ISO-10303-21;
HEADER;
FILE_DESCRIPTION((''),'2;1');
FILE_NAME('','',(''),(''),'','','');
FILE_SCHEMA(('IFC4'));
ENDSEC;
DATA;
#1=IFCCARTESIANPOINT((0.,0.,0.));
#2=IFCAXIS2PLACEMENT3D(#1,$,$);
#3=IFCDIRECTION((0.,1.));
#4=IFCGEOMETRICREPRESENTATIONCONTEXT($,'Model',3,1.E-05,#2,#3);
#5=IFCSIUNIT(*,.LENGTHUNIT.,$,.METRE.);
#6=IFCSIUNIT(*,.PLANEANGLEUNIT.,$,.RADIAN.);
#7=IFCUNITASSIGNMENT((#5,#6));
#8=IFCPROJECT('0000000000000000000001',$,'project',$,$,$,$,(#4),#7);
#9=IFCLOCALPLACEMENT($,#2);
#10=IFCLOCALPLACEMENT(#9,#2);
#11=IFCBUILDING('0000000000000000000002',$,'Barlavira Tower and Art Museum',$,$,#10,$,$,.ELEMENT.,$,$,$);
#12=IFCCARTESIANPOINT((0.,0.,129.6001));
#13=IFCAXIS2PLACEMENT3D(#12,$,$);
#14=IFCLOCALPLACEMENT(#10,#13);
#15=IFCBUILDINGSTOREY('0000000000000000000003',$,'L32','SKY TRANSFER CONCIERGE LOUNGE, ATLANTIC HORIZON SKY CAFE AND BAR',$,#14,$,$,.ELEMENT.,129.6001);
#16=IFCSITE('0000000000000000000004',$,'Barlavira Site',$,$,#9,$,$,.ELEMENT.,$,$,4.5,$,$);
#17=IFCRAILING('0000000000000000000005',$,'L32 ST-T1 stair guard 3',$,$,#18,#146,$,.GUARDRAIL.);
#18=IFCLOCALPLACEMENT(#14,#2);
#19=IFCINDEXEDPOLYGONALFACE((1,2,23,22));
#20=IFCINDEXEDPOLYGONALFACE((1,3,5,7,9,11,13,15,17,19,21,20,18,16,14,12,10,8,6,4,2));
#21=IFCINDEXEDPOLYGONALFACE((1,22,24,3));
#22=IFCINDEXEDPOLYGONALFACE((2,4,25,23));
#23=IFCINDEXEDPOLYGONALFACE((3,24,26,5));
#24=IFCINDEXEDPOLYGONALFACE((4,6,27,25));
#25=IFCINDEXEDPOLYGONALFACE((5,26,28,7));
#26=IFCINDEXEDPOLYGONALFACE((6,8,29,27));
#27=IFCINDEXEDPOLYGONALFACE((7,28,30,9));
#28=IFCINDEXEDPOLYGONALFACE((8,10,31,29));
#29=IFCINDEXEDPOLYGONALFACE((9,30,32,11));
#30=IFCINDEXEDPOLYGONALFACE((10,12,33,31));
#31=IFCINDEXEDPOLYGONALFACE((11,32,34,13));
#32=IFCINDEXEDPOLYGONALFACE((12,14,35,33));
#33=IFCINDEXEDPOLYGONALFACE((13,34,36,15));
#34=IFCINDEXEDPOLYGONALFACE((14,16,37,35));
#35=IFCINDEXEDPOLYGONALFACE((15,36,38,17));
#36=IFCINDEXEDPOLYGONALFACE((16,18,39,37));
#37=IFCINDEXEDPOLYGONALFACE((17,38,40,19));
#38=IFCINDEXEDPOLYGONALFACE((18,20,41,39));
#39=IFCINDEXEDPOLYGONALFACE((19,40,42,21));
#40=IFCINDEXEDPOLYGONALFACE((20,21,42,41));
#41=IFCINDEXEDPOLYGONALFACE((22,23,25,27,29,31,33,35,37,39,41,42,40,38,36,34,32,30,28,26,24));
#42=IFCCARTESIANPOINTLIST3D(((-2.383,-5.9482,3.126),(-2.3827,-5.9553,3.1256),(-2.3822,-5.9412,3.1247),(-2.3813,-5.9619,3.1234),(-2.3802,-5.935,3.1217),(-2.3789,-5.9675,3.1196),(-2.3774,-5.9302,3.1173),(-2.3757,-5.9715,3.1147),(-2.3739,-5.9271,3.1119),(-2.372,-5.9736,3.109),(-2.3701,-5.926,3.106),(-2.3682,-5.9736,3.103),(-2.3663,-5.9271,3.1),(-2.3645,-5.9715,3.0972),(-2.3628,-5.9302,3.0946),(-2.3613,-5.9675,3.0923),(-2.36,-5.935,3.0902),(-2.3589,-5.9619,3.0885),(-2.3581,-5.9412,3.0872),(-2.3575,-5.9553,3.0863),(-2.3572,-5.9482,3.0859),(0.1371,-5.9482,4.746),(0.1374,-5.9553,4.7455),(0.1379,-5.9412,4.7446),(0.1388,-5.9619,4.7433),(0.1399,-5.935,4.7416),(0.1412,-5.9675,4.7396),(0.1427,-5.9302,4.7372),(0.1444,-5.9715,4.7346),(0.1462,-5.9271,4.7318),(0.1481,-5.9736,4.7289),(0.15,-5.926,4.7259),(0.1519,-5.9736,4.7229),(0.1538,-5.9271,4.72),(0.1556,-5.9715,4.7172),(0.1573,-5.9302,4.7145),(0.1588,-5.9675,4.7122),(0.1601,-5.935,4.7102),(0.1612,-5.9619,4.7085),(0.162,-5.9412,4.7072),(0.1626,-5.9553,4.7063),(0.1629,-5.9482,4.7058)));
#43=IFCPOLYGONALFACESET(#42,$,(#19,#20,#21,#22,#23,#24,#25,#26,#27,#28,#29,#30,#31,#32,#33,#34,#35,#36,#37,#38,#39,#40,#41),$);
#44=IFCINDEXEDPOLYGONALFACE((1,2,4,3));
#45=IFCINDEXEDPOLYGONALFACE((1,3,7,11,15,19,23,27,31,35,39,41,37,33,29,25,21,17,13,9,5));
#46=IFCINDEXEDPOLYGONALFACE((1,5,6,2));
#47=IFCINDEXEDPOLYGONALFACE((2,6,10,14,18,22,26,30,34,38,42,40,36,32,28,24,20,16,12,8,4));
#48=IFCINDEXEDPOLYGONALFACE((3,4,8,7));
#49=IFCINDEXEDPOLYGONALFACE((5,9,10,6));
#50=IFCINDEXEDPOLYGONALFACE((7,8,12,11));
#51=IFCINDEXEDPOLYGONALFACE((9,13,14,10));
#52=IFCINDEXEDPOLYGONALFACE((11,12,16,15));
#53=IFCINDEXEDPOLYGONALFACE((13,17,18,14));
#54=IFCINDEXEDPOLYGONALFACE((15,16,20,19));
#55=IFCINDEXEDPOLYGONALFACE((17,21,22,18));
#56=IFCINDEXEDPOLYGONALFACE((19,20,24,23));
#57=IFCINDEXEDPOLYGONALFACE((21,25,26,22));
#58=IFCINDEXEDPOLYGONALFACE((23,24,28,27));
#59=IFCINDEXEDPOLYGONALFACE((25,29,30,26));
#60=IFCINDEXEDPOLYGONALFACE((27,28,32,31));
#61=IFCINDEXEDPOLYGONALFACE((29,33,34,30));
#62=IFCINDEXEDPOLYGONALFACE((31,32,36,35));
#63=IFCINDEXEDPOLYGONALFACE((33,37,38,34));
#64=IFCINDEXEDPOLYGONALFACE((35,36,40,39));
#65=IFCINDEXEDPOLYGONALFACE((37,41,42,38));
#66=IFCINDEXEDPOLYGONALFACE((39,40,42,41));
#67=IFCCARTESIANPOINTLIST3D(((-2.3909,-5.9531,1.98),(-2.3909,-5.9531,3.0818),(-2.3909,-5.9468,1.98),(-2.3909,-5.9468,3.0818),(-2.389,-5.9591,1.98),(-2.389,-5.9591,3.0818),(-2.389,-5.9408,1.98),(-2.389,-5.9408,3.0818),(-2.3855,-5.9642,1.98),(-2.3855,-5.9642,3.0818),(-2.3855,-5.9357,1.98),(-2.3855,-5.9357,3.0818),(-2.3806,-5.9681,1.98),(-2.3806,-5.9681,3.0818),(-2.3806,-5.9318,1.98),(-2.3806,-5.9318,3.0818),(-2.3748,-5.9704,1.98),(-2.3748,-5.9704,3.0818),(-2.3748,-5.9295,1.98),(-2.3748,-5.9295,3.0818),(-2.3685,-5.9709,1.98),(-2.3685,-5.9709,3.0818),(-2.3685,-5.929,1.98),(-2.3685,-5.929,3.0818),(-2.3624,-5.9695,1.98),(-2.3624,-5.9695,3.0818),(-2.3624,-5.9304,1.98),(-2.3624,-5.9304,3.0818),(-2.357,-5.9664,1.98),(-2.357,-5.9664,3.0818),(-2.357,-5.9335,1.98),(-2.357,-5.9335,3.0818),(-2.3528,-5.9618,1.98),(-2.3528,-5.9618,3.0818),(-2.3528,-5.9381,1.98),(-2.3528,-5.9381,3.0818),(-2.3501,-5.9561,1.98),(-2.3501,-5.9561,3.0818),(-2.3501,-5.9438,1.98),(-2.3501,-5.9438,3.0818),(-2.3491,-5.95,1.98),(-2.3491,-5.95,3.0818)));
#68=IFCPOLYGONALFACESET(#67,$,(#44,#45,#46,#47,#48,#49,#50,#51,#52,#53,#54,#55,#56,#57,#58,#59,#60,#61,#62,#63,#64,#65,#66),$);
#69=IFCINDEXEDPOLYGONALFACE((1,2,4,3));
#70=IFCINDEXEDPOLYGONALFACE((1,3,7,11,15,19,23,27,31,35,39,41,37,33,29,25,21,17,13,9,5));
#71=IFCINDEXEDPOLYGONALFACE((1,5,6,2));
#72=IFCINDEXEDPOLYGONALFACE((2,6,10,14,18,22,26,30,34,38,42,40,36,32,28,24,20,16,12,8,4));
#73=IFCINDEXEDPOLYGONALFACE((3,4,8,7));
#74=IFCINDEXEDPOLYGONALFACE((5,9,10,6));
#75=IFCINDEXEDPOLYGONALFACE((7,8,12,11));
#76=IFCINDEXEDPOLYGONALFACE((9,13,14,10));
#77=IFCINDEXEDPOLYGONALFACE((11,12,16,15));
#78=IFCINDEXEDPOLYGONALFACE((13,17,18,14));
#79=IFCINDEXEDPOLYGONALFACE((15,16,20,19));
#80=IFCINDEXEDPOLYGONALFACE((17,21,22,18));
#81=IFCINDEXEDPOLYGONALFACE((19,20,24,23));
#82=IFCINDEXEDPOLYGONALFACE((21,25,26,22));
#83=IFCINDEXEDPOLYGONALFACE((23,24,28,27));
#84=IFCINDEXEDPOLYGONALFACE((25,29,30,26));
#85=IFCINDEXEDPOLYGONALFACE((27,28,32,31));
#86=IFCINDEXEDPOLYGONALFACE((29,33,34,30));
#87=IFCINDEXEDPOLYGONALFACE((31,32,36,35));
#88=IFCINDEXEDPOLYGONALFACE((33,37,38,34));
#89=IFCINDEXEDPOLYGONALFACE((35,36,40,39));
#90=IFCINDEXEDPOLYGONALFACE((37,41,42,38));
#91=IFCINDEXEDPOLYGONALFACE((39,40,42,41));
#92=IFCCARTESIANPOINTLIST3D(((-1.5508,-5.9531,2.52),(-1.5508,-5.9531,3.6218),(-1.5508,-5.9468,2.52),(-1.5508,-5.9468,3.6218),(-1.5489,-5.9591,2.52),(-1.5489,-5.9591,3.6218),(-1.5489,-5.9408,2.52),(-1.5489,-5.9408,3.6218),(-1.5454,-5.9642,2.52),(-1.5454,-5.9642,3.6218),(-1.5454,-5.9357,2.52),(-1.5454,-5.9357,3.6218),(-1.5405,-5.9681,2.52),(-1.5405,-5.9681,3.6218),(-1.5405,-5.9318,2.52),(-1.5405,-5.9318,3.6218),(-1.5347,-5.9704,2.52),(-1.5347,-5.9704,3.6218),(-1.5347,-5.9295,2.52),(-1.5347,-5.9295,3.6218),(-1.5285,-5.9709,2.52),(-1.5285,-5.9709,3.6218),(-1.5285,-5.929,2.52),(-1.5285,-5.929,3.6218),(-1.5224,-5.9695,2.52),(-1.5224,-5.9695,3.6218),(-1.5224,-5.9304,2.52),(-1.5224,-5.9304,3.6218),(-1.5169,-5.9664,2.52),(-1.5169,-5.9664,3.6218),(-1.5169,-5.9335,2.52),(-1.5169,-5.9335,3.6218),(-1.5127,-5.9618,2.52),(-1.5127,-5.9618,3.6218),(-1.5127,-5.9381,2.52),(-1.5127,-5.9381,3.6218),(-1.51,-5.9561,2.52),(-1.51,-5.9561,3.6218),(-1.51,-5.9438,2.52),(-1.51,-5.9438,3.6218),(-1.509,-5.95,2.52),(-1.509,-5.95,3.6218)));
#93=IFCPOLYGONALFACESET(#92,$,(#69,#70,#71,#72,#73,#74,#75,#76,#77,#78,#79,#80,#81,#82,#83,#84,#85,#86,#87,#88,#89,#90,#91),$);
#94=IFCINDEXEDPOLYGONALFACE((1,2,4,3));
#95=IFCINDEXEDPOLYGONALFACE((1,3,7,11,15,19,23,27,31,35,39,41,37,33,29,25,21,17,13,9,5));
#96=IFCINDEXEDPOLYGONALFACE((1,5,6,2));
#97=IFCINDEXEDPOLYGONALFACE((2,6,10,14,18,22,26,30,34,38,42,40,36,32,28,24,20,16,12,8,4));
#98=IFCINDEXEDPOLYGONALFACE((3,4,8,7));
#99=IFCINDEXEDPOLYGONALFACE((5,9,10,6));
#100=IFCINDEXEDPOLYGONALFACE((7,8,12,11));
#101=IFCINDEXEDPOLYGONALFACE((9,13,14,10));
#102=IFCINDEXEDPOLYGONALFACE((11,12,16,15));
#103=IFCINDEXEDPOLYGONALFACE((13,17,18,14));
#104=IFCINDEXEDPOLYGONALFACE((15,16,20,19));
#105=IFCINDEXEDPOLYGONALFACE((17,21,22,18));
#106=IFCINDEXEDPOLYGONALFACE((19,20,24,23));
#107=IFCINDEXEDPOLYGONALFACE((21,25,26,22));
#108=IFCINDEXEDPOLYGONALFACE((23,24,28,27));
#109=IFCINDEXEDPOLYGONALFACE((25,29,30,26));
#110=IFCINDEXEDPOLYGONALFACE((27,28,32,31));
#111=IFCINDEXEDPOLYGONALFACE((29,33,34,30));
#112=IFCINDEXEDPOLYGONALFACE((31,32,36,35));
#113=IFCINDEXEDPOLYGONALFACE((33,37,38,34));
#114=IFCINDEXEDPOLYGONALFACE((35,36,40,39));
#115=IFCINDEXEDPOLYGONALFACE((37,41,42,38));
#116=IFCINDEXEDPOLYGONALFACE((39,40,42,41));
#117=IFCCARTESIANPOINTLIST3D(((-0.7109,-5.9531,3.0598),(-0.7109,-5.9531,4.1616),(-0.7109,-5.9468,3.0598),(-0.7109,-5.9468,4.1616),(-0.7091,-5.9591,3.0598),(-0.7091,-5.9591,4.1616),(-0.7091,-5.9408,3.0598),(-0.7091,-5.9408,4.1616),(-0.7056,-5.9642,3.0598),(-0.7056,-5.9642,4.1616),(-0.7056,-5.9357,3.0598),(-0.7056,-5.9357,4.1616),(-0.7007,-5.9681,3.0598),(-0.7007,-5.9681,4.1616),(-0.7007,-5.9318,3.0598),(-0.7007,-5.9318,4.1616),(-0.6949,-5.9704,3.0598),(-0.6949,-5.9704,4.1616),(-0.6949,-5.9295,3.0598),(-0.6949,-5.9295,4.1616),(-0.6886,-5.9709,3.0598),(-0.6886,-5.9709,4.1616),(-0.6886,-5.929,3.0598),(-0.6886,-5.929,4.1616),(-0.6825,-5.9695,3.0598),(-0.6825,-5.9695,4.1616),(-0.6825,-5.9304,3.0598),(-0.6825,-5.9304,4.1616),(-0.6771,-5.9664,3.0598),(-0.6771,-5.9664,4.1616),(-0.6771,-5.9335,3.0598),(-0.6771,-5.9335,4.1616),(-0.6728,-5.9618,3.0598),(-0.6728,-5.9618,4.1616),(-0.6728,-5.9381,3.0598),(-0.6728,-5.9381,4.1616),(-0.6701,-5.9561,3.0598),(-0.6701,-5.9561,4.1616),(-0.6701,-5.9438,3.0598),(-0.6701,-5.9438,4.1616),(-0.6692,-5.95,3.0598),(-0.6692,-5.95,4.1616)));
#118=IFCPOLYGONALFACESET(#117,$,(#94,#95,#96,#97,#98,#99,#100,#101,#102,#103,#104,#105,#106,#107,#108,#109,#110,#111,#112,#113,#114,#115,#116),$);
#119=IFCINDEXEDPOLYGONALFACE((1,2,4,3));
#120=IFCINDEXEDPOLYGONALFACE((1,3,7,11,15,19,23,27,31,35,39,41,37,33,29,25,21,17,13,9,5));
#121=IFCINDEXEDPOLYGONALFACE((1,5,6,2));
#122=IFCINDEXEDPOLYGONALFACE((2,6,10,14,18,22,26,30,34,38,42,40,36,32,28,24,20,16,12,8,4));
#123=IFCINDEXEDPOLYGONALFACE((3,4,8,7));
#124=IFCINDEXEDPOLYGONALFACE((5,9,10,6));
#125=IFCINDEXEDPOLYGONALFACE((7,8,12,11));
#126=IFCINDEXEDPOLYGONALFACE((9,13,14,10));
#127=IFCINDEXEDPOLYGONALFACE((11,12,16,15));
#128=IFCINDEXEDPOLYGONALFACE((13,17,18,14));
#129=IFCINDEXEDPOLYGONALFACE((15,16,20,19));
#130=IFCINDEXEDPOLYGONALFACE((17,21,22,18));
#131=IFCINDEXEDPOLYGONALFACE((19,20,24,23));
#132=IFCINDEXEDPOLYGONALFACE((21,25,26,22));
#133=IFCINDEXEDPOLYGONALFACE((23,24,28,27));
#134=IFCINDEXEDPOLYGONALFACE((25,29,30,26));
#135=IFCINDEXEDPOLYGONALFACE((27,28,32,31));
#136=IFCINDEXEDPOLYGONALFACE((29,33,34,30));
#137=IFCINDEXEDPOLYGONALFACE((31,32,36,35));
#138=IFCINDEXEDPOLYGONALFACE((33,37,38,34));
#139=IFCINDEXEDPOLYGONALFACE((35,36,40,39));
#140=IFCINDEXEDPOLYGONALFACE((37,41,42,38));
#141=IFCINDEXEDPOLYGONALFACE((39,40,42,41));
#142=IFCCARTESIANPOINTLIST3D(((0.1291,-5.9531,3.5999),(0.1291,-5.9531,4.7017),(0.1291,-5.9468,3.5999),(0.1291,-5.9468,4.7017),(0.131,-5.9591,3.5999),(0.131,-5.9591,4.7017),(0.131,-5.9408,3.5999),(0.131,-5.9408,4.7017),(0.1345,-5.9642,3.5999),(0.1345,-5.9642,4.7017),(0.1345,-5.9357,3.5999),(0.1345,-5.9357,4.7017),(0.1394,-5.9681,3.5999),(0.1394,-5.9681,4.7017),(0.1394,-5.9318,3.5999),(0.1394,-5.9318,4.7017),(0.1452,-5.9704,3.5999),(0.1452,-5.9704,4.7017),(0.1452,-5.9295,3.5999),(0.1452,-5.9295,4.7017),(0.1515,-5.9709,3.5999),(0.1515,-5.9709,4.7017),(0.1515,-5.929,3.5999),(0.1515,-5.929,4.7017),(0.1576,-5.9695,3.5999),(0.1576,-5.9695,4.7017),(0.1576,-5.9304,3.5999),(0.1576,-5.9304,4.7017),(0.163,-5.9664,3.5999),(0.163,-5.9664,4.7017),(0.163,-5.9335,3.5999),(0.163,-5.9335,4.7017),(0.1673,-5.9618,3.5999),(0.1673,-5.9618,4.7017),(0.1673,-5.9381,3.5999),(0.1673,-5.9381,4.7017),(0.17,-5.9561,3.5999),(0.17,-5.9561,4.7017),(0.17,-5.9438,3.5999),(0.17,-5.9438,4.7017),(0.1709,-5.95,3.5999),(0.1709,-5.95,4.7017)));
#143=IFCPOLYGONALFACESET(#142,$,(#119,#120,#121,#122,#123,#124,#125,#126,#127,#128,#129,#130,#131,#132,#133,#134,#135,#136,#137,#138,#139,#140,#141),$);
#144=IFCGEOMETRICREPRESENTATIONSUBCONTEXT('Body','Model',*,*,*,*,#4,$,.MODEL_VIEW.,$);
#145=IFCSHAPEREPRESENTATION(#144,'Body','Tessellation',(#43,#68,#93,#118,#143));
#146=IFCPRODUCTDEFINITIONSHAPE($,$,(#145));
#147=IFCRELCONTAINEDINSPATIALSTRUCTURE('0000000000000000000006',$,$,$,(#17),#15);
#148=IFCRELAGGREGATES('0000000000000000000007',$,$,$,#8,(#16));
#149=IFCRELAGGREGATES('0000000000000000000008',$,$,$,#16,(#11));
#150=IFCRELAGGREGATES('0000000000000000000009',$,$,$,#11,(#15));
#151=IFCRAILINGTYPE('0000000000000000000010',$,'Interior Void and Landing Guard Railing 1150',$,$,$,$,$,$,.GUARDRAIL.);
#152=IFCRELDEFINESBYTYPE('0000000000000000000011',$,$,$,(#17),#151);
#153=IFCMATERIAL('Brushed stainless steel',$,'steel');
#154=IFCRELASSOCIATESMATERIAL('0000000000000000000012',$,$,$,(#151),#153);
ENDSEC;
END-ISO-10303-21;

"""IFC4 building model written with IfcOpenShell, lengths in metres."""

from ifc_helpers import new_model, si_unit, direction, frame, origin, origin_2d, place, context, subcontext, project, spatial, circle, extrude, material, type_object, element, save


model = new_model("IFC4")

# Units and contexts
model_context = context("Model", 3, precision=1e-05, world=origin(), true_north=direction((0.0, 1.0)))
body_context = subcontext(model_context, "Body", "Model", "MODEL_VIEW")
ifc_project = project(units=[si_unit("LENGTHUNIT", "METRE"), si_unit("PLANEANGLEUNIT", "RADIAN")], contexts=[model_context])

# Site, building, storey
site_placement = place(None, origin())
site = spatial("IfcSite", under=ifc_project, at=site_placement, Name="Barlavira Site", CompositionType="ELEMENT", RefElevation=4.5)
building_placement = place(site_placement, origin())
building = spatial("IfcBuilding", under=site, at=building_placement, Name="Barlavira Tower and Art Museum", CompositionType="ELEMENT")
storey_placement = place(building_placement, frame((0.0, 0.0, 129.6001)))
storey = spatial("IfcBuildingStorey", under=building, at=storey_placement, Name="L32", Description="SKY TRANSFER CONCIERGE LOUNGE, ATLANTIC HORIZON SKY CAFE AND BAR", CompositionType="ELEMENT", Elevation=129.6001)

# Shared definitions
ifc_material_1 = material(Name="Brushed stainless steel", Category="steel")

# Railing
railing_type_1 = type_object("IfcRailingType", Name="Interior Void and Landing Guard Railing 1150", PredefinedType="GUARDRAIL", material=ifc_material_1)
railing_1_placement = place(storey_placement, frame((-2.3701, -5.95, 1.98)))
element("IfcRailing", 1, at=railing_1_placement, inside=storey, type_object=railing_type_1, Name="L32 ST-T1 stair guard 3", PredefinedType="GUARDRAIL", context=body_context, shape_type="SweptSolid", body=[
    extrude(circle(Radius=0.0239, at=origin_2d()), frame((0.0, 0.0, 1.126), z_axis=(0.8412, 0.0, 0.540725), x_axis=(0.0, 1.0, 0.0)), (0.0, 0.0, 1.0), 2.9958),
    extrude(circle(Radius=0.021, at=origin_2d()), origin(), (0.0, 0.0, 1.0), 1.1018),
    extrude(circle(Radius=0.021, at=origin_2d()), frame((0.8401, 0.0, 0.54)), (0.0, 0.0, 1.0), 1.1018),
    extrude(circle(Radius=0.021, at=origin_2d()), frame((1.6799, 0.0, 1.0798)), (0.0, 0.0, 1.0), 1.1018),
    extrude(circle(Radius=0.021, at=origin_2d()), frame((2.52, 0.0, 1.6199)), (0.0, 0.0, 1.0), 1.1018),
])

save(model, "model.ifc")
